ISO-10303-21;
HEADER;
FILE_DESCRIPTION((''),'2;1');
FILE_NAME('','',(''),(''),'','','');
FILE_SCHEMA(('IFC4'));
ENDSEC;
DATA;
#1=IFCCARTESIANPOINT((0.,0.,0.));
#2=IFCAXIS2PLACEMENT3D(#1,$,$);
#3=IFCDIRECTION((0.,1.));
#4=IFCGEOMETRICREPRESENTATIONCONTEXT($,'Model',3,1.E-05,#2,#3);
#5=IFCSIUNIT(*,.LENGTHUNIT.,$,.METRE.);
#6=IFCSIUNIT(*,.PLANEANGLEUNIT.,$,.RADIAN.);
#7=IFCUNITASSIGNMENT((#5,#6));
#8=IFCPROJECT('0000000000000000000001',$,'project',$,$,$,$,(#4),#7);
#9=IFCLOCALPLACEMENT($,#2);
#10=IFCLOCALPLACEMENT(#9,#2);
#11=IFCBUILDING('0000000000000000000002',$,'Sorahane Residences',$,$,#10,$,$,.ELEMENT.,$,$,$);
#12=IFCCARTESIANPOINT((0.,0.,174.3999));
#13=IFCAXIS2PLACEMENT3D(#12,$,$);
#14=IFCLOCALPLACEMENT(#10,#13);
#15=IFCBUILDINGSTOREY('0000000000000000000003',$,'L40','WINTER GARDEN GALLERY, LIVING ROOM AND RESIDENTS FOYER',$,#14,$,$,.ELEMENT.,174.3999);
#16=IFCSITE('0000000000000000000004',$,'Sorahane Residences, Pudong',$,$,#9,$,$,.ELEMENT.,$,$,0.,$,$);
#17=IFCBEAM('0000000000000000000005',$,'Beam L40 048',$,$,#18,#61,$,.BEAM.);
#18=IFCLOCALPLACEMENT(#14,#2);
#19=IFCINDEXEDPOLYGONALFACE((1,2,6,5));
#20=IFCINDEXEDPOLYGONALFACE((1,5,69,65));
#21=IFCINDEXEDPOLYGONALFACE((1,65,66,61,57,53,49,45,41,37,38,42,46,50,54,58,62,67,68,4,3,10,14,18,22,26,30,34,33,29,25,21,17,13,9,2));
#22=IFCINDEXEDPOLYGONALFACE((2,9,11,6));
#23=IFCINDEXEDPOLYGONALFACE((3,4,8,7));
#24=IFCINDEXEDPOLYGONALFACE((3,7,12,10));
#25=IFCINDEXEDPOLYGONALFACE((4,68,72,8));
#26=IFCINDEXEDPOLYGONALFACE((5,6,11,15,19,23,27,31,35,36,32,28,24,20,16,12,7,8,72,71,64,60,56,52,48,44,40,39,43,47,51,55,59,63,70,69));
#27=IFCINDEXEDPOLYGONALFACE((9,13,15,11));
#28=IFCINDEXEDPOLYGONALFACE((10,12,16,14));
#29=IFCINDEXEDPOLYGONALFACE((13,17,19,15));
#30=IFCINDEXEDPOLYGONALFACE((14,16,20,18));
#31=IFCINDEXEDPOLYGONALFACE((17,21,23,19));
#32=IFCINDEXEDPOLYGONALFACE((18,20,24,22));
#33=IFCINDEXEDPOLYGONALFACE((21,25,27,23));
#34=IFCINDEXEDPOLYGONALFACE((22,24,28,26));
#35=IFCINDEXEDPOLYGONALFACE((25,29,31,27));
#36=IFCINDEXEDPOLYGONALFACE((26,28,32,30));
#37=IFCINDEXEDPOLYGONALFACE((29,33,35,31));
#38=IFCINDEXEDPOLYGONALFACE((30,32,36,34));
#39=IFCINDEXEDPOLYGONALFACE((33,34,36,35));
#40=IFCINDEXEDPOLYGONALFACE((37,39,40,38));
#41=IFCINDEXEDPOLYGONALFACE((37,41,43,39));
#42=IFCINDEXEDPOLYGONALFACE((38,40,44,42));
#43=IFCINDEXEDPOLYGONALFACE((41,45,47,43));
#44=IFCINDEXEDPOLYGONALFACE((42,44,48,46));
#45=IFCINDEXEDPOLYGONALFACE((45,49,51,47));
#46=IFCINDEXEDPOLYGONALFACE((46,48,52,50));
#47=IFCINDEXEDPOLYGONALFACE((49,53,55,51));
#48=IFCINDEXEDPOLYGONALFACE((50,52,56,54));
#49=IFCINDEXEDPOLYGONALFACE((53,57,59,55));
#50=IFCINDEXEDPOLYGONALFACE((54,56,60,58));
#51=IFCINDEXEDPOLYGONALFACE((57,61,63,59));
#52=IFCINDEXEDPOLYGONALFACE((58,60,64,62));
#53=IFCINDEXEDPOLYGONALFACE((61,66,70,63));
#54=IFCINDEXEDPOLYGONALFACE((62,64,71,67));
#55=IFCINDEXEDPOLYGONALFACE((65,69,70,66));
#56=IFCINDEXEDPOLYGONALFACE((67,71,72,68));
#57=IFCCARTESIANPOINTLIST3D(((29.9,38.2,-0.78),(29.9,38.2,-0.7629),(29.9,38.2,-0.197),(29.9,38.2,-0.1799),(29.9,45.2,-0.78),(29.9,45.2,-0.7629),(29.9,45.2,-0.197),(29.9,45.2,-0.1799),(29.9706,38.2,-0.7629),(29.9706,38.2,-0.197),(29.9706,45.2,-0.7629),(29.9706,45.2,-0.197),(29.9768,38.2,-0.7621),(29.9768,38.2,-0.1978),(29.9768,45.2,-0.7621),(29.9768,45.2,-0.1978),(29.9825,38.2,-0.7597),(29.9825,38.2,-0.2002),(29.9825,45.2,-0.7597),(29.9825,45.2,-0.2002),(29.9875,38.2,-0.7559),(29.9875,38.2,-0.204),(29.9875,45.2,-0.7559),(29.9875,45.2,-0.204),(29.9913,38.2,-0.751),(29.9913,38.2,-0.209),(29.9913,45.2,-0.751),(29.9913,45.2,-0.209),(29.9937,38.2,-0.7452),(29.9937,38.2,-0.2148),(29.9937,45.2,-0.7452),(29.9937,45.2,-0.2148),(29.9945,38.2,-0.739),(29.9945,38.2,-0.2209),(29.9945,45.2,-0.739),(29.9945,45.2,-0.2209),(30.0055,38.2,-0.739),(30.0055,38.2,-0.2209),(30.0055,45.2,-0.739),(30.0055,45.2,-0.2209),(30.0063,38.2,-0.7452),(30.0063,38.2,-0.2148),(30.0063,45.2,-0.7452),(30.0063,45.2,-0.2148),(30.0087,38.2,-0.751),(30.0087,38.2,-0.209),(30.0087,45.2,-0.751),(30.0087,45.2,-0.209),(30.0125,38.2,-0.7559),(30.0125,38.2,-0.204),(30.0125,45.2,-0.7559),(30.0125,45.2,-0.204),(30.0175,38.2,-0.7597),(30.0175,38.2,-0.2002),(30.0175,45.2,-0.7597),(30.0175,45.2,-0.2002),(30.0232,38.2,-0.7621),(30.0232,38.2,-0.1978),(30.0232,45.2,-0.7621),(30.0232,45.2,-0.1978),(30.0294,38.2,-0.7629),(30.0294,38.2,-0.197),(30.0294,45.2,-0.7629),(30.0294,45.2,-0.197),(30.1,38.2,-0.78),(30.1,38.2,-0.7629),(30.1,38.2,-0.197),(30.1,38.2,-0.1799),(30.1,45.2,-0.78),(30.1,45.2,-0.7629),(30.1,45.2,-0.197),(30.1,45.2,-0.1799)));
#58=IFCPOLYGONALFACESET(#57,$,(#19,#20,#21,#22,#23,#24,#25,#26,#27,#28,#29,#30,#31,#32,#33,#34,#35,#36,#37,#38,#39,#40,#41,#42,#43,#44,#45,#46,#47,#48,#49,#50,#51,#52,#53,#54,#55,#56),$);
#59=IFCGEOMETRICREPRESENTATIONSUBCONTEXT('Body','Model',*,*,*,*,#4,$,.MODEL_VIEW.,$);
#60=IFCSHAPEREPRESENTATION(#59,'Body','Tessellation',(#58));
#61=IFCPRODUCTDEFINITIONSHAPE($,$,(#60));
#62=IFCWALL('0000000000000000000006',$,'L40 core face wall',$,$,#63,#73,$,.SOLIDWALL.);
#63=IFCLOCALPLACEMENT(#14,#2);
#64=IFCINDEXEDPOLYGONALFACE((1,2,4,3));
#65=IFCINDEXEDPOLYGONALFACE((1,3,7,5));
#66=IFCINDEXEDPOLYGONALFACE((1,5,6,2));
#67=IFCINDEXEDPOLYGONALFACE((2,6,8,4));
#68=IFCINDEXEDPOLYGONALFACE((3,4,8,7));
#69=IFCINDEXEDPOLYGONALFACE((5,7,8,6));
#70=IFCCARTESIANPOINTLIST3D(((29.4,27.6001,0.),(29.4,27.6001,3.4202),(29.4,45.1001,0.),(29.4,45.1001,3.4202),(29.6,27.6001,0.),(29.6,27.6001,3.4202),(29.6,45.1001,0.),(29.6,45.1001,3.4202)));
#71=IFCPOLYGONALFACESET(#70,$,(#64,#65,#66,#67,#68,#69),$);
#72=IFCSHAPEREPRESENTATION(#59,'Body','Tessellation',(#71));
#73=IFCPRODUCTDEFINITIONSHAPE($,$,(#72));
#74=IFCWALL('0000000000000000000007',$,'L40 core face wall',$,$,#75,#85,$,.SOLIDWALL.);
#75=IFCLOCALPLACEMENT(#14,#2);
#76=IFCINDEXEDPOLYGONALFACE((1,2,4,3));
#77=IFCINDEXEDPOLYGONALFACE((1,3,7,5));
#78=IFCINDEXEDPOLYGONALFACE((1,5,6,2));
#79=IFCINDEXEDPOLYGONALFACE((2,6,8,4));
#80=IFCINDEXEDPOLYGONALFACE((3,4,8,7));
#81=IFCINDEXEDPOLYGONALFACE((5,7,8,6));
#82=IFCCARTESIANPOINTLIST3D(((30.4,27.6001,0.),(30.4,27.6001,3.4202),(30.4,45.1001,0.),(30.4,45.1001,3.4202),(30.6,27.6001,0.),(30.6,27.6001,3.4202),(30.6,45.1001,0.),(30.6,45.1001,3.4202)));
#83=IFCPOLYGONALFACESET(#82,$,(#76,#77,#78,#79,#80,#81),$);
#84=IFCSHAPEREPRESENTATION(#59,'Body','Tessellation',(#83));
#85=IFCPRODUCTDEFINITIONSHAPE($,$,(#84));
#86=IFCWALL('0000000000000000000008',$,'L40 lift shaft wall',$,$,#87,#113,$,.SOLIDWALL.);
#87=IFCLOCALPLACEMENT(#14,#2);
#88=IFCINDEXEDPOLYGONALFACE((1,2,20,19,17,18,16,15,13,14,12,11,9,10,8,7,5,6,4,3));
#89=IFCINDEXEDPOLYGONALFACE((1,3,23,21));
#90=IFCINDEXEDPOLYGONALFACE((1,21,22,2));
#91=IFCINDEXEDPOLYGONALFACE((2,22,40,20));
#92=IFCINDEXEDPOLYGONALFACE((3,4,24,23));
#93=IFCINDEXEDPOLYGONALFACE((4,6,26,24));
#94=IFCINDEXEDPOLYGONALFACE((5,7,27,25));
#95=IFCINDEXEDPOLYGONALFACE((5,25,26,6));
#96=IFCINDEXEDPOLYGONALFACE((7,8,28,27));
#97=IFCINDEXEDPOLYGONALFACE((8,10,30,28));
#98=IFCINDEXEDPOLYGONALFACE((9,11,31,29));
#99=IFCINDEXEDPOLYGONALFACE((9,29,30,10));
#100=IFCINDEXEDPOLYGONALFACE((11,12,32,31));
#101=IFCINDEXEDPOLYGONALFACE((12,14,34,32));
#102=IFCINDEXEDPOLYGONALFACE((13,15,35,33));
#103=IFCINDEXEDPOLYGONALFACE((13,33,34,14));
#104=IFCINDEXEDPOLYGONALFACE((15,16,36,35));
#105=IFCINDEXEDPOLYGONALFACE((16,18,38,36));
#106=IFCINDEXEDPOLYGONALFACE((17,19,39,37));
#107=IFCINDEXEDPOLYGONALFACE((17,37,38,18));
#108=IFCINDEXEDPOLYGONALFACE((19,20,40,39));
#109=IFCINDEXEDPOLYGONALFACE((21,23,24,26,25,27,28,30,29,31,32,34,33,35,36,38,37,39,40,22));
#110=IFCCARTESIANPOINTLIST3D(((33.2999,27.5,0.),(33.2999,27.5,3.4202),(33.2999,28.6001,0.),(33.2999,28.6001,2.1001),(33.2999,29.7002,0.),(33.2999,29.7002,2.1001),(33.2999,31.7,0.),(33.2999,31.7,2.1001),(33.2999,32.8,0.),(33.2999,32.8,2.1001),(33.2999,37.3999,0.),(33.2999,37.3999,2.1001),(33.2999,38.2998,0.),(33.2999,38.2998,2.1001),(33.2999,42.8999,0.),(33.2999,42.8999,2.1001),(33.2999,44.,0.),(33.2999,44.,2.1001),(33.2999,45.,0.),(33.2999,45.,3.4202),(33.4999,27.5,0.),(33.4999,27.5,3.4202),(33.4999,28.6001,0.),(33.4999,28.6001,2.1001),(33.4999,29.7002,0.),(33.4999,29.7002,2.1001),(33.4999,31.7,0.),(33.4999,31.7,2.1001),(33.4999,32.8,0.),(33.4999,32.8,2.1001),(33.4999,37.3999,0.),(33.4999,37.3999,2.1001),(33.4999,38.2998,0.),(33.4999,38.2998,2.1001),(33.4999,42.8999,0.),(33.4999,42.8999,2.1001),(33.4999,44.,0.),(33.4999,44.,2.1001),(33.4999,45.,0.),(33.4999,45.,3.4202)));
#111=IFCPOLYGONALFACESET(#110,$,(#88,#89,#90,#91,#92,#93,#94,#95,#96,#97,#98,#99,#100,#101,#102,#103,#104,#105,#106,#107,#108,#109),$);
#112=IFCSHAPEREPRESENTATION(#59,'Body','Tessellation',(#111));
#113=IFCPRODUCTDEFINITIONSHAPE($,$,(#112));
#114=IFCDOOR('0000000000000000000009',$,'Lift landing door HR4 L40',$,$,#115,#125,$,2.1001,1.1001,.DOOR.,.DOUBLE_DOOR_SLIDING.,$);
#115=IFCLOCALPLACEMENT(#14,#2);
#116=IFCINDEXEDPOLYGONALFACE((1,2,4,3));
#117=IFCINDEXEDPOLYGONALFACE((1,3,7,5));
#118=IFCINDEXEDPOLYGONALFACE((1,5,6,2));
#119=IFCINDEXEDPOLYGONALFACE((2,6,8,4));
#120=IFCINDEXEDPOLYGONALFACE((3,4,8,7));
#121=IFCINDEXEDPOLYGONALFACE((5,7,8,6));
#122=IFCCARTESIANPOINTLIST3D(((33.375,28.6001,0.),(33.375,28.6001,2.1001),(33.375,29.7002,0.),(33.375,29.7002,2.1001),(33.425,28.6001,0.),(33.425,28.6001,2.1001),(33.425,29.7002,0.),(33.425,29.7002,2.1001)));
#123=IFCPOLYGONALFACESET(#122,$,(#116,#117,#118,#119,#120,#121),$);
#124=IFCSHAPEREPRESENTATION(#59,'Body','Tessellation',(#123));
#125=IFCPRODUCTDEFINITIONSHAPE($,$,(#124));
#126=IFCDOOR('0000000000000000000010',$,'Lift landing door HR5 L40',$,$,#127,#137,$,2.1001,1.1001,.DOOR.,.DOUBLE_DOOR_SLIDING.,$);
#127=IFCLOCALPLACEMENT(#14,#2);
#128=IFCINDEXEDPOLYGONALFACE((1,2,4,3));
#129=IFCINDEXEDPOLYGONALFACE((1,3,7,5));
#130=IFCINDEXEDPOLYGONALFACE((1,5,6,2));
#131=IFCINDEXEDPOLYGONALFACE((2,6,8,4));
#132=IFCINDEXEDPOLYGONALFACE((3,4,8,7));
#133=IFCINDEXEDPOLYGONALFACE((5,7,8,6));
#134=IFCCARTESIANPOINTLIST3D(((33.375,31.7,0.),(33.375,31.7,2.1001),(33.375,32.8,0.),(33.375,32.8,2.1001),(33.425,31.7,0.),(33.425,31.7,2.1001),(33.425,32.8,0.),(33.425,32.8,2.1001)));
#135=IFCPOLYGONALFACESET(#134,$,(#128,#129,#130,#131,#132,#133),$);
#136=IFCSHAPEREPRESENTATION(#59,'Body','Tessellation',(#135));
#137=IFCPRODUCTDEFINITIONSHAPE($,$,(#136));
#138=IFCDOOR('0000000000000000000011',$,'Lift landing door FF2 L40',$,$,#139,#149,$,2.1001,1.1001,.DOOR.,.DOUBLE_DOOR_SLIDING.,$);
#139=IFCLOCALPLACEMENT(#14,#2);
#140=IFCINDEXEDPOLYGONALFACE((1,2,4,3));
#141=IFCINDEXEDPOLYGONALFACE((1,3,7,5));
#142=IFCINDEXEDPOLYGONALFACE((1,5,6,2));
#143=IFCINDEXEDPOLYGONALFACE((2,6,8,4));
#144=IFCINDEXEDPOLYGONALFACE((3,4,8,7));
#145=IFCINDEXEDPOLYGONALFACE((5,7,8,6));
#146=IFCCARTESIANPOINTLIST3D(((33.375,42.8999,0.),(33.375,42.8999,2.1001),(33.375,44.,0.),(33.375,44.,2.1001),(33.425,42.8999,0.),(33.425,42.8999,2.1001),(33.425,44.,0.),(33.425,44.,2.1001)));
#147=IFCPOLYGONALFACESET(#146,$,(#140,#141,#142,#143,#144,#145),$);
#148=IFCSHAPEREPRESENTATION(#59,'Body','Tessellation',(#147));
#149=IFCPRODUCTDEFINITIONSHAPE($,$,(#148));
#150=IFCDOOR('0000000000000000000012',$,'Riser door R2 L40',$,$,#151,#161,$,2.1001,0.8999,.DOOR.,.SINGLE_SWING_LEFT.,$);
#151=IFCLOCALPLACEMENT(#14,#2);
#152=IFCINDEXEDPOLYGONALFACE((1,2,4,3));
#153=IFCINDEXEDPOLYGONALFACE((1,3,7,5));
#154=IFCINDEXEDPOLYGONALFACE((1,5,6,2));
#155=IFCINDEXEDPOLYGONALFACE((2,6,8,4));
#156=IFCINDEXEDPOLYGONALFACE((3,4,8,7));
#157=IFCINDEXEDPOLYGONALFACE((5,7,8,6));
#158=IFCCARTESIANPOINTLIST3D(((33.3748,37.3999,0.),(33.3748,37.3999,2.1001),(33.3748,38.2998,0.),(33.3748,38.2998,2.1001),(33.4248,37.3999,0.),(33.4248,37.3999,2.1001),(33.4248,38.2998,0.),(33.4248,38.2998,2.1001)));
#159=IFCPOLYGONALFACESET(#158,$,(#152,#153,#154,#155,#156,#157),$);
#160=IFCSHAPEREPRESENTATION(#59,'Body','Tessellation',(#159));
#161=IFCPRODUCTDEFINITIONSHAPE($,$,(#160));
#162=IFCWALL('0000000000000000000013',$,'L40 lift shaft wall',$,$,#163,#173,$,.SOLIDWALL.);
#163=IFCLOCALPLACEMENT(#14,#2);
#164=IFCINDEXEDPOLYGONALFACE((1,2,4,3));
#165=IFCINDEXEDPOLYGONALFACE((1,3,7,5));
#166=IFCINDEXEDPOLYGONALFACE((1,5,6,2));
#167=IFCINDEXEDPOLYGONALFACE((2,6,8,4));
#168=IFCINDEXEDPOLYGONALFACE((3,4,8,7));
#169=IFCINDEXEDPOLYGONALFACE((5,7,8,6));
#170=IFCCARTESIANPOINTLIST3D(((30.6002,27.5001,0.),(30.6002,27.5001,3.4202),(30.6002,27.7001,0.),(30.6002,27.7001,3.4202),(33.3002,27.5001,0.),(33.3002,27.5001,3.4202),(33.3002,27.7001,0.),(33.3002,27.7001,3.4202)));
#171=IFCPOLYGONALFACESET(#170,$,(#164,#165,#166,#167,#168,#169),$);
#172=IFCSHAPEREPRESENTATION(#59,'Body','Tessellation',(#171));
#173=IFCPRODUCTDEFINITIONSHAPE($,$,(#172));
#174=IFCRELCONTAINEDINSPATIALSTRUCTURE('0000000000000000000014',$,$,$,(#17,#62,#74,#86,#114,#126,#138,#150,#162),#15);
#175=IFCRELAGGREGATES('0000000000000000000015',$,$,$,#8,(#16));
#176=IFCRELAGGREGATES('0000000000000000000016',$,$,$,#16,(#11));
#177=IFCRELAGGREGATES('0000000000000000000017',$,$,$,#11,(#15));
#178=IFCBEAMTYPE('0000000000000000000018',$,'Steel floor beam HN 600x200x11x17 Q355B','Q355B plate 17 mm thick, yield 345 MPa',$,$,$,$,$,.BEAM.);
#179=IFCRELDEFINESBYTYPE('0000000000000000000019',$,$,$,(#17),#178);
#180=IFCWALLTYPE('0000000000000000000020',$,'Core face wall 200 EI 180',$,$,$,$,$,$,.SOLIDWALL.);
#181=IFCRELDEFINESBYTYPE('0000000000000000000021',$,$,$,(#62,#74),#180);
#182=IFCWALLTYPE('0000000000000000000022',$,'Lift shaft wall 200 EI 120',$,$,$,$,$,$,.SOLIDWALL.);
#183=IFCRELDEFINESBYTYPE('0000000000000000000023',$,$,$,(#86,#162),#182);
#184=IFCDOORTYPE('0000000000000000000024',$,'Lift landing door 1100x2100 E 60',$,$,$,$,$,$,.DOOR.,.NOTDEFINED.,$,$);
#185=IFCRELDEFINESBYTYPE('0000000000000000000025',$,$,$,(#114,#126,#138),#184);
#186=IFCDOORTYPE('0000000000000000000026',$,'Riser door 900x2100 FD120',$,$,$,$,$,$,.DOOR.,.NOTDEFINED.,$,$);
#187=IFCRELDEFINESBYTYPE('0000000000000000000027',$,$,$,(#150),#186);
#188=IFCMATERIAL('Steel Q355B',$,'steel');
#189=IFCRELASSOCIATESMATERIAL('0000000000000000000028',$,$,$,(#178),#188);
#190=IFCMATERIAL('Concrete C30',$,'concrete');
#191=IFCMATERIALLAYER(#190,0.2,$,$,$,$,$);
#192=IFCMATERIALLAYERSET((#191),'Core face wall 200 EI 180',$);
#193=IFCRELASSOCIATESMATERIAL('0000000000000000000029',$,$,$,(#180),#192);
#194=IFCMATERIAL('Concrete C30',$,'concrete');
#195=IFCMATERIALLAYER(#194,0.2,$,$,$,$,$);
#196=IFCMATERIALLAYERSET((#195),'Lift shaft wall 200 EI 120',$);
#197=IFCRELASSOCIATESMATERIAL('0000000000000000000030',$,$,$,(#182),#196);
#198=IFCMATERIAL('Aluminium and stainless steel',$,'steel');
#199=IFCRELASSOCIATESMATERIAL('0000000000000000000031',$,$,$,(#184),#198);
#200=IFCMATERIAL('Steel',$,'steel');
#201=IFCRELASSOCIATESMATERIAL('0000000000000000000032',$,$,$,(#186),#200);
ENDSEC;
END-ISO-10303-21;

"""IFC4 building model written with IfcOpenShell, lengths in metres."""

from ifc_helpers import new_model, si_unit, direction, frame, frame_2d, origin, origin_2d, place, context, subcontext, project, spatial, rectangle, i_section, extrude, material, layer, layer_set, material_profile, profile_set, type_object, element, fill, save


model = new_model("IFC4")

# Units and contexts
model_context = context("Model", 3, precision=1e-05, world=origin(), true_north=direction((0.0, 1.0)))
body_context = subcontext(model_context, "Body", "Model", "MODEL_VIEW")
ifc_project = project(units=[si_unit("LENGTHUNIT", "METRE"), si_unit("PLANEANGLEUNIT", "RADIAN")], contexts=[model_context])

# Site, building, storey
site_placement = place(None, origin())
site = spatial("IfcSite", under=ifc_project, at=site_placement, Name="Sorahane Residences, Pudong", CompositionType="ELEMENT", RefElevation=0.0)
building_placement = place(site_placement, origin())
building = spatial("IfcBuilding", under=site, at=building_placement, Name="Sorahane Residences", CompositionType="ELEMENT")
storey_placement = place(building_placement, frame((0.0, 0.0, 174.3999)))
storey = spatial("IfcBuildingStorey", under=building, at=storey_placement, Name="L40", Description="WINTER GARDEN GALLERY, LIVING ROOM AND RESIDENTS FOYER", CompositionType="ELEMENT", Elevation=174.3999)

# Beam
ifc_material_1 = material(Name="Steel Q355B", Category="steel")
ifc_material_profile_1 = material_profile(ifc_material_1, i_section(OverallWidth=0.2, OverallDepth=0.6001, WebThickness=0.011, FlangeThickness=0.0171, FilletRadius=0.0239, at=origin_2d()), Name="HN 600x200x11x17")
ifc_profile_set_1 = profile_set([ifc_material_profile_1], Name="Steel Q355B")
beam_type_1 = type_object("IfcBeamType", Name="Steel floor beam HN 600x200x11x17 Q355B", Description="Q355B plate 17 mm thick, yield 345 MPa", PredefinedType="BEAM", material=ifc_profile_set_1)
for number, where, z_axis, x_axis, name in (
    (1, (30.0, 38.2, -0.48), (0.0, 1.0, 0.0), (-1.0, 0.0, 0.0), "Beam L40 048"),
):
    element("IfcBeam", number, at=place(storey_placement, frame(where, z_axis=z_axis, x_axis=x_axis)), inside=storey, type_object=beam_type_1, Name=name, PredefinedType="BEAM", context=body_context, shape_type="SweptSolid", body=[
        extrude(i_section(OverallWidth=0.2, OverallDepth=0.6001, WebThickness=0.011, FlangeThickness=0.0171, FilletRadius=0.0239, at=origin_2d()), origin(), (0.0, 0.0, 1.0), 7.0),
    ])

# Walls
ifc_material_2 = material(Name="Concrete C30", Category="concrete")
ifc_layer_1 = layer(ifc_material_2, 0.2)
ifc_layer_set_1 = layer_set([ifc_layer_1], Name="Core face wall 200 EI 180")
wall_type_1 = type_object("IfcWallType", Name="Core face wall 200 EI 180", PredefinedType="SOLIDWALL", material=ifc_layer_set_1)
for number, where, z_axis, x_axis, name in (
    (2, (29.5, 27.6001, 0.0), (0.0, 0.0, 1.0), (0.0, 1.0, 0.0), "L40 core face wall"),
    (3, (30.5, 27.6001, 0.0), (0.0, 0.0, 1.0), (0.0, 1.0, 0.0), "L40 core face wall"),
):
    element("IfcWall", number, at=place(storey_placement, frame(where, z_axis=z_axis, x_axis=x_axis)), inside=storey, type_object=wall_type_1, Name=name, PredefinedType="SOLIDWALL", context=body_context, shape_type="SweptSolid", body=[
        extrude(rectangle(XDim=17.5, YDim=0.2, at=frame_2d((8.75, 0.0))), origin(), (0.0, 0.0, 1.0), 3.4202),
    ])

# Wall, openings, doors
ifc_material_3 = material(Name="Concrete C30", Category="concrete")
ifc_layer_2 = layer(ifc_material_3, 0.2)
ifc_layer_set_2 = layer_set([ifc_layer_2], Name="Lift shaft wall 200 EI 120")
wall_type_2 = type_object("IfcWallType", Name="Lift shaft wall 200 EI 120", PredefinedType="SOLIDWALL", material=ifc_layer_set_2)
wall_1_placement = place(storey_placement, frame((33.3999, 27.5, 0.0), z_axis=(0.0, 0.0, 1.0), x_axis=(0.0, 1.0, 0.0)))
wall_1 = element("IfcWall", 4, at=wall_1_placement, inside=storey, type_object=wall_type_2, Name="L40 lift shaft wall", PredefinedType="SOLIDWALL", context=body_context, shape_type="SweptSolid", body=[
    extrude(rectangle(XDim=17.5, YDim=0.2, at=frame_2d((8.75, 0.0))), origin(), (0.0, 0.0, 1.0), 3.4202),
])
opening_1_placement = place(wall_1_placement, frame((1.1001, 0.0, 0.0)))
opening_1 = element("IfcOpeningElement", 5, at=opening_1_placement, cuts=wall_1, PredefinedType="OPENING", context=body_context, shape_type="SweptSolid", body=[
    extrude(rectangle(XDim=1.1001, YDim=2.1001, at=frame_2d((0.55, 1.05))), frame((0.0, 0.1099, 0.0), z_axis=(0.0, -1.0, 0.0), x_axis=(1.0, 0.0, 0.0)), (0.0, 0.0, 1.0), 0.22),
])
opening_2_placement = place(wall_1_placement, frame((4.2, 0.0, 0.0)))
opening_2 = element("IfcOpeningElement", 6, at=opening_2_placement, cuts=wall_1, PredefinedType="OPENING", context=body_context, shape_type="SweptSolid", body=[
    extrude(rectangle(XDim=1.1001, YDim=2.1001, at=frame_2d((0.55, 1.05))), frame((0.0, 0.1099, 0.0), z_axis=(0.0, -1.0, 0.0), x_axis=(1.0, 0.0, 0.0)), (0.0, 0.0, 1.0), 0.22),
])
opening_3_placement = place(wall_1_placement, frame((15.3999, 0.0, 0.0)))
opening_3 = element("IfcOpeningElement", 7, at=opening_3_placement, cuts=wall_1, PredefinedType="OPENING", context=body_context, shape_type="SweptSolid", body=[
    extrude(rectangle(XDim=1.1001, YDim=2.1001, at=frame_2d((0.55, 1.05))), frame((0.0, 0.1099, 0.0), z_axis=(0.0, -1.0, 0.0), x_axis=(1.0, 0.0, 0.0)), (0.0, 0.0, 1.0), 0.22),
])
opening_4_placement = place(wall_1_placement, frame((9.8999, 0.0, 0.0)))
opening_4 = element("IfcOpeningElement", 8, at=opening_4_placement, cuts=wall_1, PredefinedType="OPENING", context=body_context, shape_type="SweptSolid", body=[
    extrude(rectangle(XDim=0.8999, YDim=2.1001, at=frame_2d((0.45, 1.05))), frame((0.0, 0.1099, 0.0), z_axis=(0.0, -1.0, 0.0), x_axis=(1.0, 0.0, 0.0)), (0.0, 0.0, 1.0), 0.22),
])
ifc_material_4 = material(Name="Aluminium and stainless steel", Category="steel")
door_type_1 = type_object("IfcDoorType", Name="Lift landing door 1100x2100 E 60", OperationType="NOTDEFINED", PredefinedType="DOOR", material=ifc_material_4)
door_1_placement = place(opening_1_placement, origin())
door_1 = element("IfcDoor", 9, at=door_1_placement, inside=storey, type_object=door_type_1, Name="Lift landing door HR4 L40", OperationType="DOUBLE_DOOR_SLIDING", OverallHeight=2.1001, OverallWidth=1.1001, PredefinedType="DOOR", context=body_context, shape_type="SweptSolid", body=[
    extrude(rectangle(XDim=1.1001, YDim=2.1001, at=frame_2d((0.55, 1.05))), frame((0.0, 0.0249, 0.0), z_axis=(0.0, -1.0, 0.0), x_axis=(1.0, 0.0, 0.0)), (0.0, 0.0, 1.0), 0.05),
])
fill(opening_1, door_1)
door_2_placement = place(opening_2_placement, origin())
door_2 = element("IfcDoor", 10, at=door_2_placement, inside=storey, type_object=door_type_1, Name="Lift landing door HR5 L40", OperationType="DOUBLE_DOOR_SLIDING", OverallHeight=2.1001, OverallWidth=1.1001, PredefinedType="DOOR", context=body_context, shape_type="SweptSolid", body=[
    extrude(rectangle(XDim=1.1001, YDim=2.1001, at=frame_2d((0.55, 1.05))), frame((0.0, 0.0249, 0.0), z_axis=(0.0, -1.0, 0.0), x_axis=(1.0, 0.0, 0.0)), (0.0, 0.0, 1.0), 0.05),
])
fill(opening_2, door_2)
door_3_placement = place(opening_3_placement, origin())
door_3 = element("IfcDoor", 11, at=door_3_placement, inside=storey, type_object=door_type_1, Name="Lift landing door FF2 L40", OperationType="DOUBLE_DOOR_SLIDING", OverallHeight=2.1001, OverallWidth=1.1001, PredefinedType="DOOR", context=body_context, shape_type="SweptSolid", body=[
    extrude(rectangle(XDim=1.1001, YDim=2.1001, at=frame_2d((0.55, 1.05))), frame((0.0, 0.0249, 0.0), z_axis=(0.0, -1.0, 0.0), x_axis=(1.0, 0.0, 0.0)), (0.0, 0.0, 1.0), 0.05),
])
fill(opening_3, door_3)
ifc_material_5 = material(Name="Steel", Category="steel")
door_type_2 = type_object("IfcDoorType", Name="Riser door 900x2100 FD120", OperationType="NOTDEFINED", PredefinedType="DOOR", material=ifc_material_5)
door_4_placement = place(opening_4_placement, frame((0.8999, 0.0, 0.0), z_axis=(0.0, 0.0, 1.0), x_axis=(-1.0, 0.0, 0.0)))
door_4 = element("IfcDoor", 12, at=door_4_placement, inside=storey, type_object=door_type_2, Name="Riser door R2 L40", OperationType="SINGLE_SWING_LEFT", OverallHeight=2.1001, OverallWidth=0.8999, PredefinedType="DOOR", context=body_context, shape_type="SweptSolid", body=[
    extrude(rectangle(XDim=0.8999, YDim=2.1001, at=frame_2d((0.45, 1.05))), frame((0.0, 0.0249, 0.0), z_axis=(0.0, -1.0, 0.0), x_axis=(1.0, 0.0, 0.0)), (0.0, 0.0, 1.0), 0.05),
])
fill(opening_4, door_4)

# Wall
for number, where, z_axis, x_axis, name in (
    (13, (30.6001, 27.6001, 0.0), (0.0, 0.0, 1.0), (1.0, 0.0, 0.0), "L40 lift shaft wall"),
):
    element("IfcWall", number, at=place(storey_placement, frame(where, z_axis=z_axis, x_axis=x_axis)), inside=storey, type_object=wall_type_2, Name=name, PredefinedType="SOLIDWALL", context=body_context, shape_type="SweptSolid", body=[
        extrude(rectangle(XDim=2.7, YDim=0.2, at=frame_2d((1.3501, 0.0))), origin(), (0.0, 0.0, 1.0), 3.4202),
    ])

save(model, "model.ifc")
